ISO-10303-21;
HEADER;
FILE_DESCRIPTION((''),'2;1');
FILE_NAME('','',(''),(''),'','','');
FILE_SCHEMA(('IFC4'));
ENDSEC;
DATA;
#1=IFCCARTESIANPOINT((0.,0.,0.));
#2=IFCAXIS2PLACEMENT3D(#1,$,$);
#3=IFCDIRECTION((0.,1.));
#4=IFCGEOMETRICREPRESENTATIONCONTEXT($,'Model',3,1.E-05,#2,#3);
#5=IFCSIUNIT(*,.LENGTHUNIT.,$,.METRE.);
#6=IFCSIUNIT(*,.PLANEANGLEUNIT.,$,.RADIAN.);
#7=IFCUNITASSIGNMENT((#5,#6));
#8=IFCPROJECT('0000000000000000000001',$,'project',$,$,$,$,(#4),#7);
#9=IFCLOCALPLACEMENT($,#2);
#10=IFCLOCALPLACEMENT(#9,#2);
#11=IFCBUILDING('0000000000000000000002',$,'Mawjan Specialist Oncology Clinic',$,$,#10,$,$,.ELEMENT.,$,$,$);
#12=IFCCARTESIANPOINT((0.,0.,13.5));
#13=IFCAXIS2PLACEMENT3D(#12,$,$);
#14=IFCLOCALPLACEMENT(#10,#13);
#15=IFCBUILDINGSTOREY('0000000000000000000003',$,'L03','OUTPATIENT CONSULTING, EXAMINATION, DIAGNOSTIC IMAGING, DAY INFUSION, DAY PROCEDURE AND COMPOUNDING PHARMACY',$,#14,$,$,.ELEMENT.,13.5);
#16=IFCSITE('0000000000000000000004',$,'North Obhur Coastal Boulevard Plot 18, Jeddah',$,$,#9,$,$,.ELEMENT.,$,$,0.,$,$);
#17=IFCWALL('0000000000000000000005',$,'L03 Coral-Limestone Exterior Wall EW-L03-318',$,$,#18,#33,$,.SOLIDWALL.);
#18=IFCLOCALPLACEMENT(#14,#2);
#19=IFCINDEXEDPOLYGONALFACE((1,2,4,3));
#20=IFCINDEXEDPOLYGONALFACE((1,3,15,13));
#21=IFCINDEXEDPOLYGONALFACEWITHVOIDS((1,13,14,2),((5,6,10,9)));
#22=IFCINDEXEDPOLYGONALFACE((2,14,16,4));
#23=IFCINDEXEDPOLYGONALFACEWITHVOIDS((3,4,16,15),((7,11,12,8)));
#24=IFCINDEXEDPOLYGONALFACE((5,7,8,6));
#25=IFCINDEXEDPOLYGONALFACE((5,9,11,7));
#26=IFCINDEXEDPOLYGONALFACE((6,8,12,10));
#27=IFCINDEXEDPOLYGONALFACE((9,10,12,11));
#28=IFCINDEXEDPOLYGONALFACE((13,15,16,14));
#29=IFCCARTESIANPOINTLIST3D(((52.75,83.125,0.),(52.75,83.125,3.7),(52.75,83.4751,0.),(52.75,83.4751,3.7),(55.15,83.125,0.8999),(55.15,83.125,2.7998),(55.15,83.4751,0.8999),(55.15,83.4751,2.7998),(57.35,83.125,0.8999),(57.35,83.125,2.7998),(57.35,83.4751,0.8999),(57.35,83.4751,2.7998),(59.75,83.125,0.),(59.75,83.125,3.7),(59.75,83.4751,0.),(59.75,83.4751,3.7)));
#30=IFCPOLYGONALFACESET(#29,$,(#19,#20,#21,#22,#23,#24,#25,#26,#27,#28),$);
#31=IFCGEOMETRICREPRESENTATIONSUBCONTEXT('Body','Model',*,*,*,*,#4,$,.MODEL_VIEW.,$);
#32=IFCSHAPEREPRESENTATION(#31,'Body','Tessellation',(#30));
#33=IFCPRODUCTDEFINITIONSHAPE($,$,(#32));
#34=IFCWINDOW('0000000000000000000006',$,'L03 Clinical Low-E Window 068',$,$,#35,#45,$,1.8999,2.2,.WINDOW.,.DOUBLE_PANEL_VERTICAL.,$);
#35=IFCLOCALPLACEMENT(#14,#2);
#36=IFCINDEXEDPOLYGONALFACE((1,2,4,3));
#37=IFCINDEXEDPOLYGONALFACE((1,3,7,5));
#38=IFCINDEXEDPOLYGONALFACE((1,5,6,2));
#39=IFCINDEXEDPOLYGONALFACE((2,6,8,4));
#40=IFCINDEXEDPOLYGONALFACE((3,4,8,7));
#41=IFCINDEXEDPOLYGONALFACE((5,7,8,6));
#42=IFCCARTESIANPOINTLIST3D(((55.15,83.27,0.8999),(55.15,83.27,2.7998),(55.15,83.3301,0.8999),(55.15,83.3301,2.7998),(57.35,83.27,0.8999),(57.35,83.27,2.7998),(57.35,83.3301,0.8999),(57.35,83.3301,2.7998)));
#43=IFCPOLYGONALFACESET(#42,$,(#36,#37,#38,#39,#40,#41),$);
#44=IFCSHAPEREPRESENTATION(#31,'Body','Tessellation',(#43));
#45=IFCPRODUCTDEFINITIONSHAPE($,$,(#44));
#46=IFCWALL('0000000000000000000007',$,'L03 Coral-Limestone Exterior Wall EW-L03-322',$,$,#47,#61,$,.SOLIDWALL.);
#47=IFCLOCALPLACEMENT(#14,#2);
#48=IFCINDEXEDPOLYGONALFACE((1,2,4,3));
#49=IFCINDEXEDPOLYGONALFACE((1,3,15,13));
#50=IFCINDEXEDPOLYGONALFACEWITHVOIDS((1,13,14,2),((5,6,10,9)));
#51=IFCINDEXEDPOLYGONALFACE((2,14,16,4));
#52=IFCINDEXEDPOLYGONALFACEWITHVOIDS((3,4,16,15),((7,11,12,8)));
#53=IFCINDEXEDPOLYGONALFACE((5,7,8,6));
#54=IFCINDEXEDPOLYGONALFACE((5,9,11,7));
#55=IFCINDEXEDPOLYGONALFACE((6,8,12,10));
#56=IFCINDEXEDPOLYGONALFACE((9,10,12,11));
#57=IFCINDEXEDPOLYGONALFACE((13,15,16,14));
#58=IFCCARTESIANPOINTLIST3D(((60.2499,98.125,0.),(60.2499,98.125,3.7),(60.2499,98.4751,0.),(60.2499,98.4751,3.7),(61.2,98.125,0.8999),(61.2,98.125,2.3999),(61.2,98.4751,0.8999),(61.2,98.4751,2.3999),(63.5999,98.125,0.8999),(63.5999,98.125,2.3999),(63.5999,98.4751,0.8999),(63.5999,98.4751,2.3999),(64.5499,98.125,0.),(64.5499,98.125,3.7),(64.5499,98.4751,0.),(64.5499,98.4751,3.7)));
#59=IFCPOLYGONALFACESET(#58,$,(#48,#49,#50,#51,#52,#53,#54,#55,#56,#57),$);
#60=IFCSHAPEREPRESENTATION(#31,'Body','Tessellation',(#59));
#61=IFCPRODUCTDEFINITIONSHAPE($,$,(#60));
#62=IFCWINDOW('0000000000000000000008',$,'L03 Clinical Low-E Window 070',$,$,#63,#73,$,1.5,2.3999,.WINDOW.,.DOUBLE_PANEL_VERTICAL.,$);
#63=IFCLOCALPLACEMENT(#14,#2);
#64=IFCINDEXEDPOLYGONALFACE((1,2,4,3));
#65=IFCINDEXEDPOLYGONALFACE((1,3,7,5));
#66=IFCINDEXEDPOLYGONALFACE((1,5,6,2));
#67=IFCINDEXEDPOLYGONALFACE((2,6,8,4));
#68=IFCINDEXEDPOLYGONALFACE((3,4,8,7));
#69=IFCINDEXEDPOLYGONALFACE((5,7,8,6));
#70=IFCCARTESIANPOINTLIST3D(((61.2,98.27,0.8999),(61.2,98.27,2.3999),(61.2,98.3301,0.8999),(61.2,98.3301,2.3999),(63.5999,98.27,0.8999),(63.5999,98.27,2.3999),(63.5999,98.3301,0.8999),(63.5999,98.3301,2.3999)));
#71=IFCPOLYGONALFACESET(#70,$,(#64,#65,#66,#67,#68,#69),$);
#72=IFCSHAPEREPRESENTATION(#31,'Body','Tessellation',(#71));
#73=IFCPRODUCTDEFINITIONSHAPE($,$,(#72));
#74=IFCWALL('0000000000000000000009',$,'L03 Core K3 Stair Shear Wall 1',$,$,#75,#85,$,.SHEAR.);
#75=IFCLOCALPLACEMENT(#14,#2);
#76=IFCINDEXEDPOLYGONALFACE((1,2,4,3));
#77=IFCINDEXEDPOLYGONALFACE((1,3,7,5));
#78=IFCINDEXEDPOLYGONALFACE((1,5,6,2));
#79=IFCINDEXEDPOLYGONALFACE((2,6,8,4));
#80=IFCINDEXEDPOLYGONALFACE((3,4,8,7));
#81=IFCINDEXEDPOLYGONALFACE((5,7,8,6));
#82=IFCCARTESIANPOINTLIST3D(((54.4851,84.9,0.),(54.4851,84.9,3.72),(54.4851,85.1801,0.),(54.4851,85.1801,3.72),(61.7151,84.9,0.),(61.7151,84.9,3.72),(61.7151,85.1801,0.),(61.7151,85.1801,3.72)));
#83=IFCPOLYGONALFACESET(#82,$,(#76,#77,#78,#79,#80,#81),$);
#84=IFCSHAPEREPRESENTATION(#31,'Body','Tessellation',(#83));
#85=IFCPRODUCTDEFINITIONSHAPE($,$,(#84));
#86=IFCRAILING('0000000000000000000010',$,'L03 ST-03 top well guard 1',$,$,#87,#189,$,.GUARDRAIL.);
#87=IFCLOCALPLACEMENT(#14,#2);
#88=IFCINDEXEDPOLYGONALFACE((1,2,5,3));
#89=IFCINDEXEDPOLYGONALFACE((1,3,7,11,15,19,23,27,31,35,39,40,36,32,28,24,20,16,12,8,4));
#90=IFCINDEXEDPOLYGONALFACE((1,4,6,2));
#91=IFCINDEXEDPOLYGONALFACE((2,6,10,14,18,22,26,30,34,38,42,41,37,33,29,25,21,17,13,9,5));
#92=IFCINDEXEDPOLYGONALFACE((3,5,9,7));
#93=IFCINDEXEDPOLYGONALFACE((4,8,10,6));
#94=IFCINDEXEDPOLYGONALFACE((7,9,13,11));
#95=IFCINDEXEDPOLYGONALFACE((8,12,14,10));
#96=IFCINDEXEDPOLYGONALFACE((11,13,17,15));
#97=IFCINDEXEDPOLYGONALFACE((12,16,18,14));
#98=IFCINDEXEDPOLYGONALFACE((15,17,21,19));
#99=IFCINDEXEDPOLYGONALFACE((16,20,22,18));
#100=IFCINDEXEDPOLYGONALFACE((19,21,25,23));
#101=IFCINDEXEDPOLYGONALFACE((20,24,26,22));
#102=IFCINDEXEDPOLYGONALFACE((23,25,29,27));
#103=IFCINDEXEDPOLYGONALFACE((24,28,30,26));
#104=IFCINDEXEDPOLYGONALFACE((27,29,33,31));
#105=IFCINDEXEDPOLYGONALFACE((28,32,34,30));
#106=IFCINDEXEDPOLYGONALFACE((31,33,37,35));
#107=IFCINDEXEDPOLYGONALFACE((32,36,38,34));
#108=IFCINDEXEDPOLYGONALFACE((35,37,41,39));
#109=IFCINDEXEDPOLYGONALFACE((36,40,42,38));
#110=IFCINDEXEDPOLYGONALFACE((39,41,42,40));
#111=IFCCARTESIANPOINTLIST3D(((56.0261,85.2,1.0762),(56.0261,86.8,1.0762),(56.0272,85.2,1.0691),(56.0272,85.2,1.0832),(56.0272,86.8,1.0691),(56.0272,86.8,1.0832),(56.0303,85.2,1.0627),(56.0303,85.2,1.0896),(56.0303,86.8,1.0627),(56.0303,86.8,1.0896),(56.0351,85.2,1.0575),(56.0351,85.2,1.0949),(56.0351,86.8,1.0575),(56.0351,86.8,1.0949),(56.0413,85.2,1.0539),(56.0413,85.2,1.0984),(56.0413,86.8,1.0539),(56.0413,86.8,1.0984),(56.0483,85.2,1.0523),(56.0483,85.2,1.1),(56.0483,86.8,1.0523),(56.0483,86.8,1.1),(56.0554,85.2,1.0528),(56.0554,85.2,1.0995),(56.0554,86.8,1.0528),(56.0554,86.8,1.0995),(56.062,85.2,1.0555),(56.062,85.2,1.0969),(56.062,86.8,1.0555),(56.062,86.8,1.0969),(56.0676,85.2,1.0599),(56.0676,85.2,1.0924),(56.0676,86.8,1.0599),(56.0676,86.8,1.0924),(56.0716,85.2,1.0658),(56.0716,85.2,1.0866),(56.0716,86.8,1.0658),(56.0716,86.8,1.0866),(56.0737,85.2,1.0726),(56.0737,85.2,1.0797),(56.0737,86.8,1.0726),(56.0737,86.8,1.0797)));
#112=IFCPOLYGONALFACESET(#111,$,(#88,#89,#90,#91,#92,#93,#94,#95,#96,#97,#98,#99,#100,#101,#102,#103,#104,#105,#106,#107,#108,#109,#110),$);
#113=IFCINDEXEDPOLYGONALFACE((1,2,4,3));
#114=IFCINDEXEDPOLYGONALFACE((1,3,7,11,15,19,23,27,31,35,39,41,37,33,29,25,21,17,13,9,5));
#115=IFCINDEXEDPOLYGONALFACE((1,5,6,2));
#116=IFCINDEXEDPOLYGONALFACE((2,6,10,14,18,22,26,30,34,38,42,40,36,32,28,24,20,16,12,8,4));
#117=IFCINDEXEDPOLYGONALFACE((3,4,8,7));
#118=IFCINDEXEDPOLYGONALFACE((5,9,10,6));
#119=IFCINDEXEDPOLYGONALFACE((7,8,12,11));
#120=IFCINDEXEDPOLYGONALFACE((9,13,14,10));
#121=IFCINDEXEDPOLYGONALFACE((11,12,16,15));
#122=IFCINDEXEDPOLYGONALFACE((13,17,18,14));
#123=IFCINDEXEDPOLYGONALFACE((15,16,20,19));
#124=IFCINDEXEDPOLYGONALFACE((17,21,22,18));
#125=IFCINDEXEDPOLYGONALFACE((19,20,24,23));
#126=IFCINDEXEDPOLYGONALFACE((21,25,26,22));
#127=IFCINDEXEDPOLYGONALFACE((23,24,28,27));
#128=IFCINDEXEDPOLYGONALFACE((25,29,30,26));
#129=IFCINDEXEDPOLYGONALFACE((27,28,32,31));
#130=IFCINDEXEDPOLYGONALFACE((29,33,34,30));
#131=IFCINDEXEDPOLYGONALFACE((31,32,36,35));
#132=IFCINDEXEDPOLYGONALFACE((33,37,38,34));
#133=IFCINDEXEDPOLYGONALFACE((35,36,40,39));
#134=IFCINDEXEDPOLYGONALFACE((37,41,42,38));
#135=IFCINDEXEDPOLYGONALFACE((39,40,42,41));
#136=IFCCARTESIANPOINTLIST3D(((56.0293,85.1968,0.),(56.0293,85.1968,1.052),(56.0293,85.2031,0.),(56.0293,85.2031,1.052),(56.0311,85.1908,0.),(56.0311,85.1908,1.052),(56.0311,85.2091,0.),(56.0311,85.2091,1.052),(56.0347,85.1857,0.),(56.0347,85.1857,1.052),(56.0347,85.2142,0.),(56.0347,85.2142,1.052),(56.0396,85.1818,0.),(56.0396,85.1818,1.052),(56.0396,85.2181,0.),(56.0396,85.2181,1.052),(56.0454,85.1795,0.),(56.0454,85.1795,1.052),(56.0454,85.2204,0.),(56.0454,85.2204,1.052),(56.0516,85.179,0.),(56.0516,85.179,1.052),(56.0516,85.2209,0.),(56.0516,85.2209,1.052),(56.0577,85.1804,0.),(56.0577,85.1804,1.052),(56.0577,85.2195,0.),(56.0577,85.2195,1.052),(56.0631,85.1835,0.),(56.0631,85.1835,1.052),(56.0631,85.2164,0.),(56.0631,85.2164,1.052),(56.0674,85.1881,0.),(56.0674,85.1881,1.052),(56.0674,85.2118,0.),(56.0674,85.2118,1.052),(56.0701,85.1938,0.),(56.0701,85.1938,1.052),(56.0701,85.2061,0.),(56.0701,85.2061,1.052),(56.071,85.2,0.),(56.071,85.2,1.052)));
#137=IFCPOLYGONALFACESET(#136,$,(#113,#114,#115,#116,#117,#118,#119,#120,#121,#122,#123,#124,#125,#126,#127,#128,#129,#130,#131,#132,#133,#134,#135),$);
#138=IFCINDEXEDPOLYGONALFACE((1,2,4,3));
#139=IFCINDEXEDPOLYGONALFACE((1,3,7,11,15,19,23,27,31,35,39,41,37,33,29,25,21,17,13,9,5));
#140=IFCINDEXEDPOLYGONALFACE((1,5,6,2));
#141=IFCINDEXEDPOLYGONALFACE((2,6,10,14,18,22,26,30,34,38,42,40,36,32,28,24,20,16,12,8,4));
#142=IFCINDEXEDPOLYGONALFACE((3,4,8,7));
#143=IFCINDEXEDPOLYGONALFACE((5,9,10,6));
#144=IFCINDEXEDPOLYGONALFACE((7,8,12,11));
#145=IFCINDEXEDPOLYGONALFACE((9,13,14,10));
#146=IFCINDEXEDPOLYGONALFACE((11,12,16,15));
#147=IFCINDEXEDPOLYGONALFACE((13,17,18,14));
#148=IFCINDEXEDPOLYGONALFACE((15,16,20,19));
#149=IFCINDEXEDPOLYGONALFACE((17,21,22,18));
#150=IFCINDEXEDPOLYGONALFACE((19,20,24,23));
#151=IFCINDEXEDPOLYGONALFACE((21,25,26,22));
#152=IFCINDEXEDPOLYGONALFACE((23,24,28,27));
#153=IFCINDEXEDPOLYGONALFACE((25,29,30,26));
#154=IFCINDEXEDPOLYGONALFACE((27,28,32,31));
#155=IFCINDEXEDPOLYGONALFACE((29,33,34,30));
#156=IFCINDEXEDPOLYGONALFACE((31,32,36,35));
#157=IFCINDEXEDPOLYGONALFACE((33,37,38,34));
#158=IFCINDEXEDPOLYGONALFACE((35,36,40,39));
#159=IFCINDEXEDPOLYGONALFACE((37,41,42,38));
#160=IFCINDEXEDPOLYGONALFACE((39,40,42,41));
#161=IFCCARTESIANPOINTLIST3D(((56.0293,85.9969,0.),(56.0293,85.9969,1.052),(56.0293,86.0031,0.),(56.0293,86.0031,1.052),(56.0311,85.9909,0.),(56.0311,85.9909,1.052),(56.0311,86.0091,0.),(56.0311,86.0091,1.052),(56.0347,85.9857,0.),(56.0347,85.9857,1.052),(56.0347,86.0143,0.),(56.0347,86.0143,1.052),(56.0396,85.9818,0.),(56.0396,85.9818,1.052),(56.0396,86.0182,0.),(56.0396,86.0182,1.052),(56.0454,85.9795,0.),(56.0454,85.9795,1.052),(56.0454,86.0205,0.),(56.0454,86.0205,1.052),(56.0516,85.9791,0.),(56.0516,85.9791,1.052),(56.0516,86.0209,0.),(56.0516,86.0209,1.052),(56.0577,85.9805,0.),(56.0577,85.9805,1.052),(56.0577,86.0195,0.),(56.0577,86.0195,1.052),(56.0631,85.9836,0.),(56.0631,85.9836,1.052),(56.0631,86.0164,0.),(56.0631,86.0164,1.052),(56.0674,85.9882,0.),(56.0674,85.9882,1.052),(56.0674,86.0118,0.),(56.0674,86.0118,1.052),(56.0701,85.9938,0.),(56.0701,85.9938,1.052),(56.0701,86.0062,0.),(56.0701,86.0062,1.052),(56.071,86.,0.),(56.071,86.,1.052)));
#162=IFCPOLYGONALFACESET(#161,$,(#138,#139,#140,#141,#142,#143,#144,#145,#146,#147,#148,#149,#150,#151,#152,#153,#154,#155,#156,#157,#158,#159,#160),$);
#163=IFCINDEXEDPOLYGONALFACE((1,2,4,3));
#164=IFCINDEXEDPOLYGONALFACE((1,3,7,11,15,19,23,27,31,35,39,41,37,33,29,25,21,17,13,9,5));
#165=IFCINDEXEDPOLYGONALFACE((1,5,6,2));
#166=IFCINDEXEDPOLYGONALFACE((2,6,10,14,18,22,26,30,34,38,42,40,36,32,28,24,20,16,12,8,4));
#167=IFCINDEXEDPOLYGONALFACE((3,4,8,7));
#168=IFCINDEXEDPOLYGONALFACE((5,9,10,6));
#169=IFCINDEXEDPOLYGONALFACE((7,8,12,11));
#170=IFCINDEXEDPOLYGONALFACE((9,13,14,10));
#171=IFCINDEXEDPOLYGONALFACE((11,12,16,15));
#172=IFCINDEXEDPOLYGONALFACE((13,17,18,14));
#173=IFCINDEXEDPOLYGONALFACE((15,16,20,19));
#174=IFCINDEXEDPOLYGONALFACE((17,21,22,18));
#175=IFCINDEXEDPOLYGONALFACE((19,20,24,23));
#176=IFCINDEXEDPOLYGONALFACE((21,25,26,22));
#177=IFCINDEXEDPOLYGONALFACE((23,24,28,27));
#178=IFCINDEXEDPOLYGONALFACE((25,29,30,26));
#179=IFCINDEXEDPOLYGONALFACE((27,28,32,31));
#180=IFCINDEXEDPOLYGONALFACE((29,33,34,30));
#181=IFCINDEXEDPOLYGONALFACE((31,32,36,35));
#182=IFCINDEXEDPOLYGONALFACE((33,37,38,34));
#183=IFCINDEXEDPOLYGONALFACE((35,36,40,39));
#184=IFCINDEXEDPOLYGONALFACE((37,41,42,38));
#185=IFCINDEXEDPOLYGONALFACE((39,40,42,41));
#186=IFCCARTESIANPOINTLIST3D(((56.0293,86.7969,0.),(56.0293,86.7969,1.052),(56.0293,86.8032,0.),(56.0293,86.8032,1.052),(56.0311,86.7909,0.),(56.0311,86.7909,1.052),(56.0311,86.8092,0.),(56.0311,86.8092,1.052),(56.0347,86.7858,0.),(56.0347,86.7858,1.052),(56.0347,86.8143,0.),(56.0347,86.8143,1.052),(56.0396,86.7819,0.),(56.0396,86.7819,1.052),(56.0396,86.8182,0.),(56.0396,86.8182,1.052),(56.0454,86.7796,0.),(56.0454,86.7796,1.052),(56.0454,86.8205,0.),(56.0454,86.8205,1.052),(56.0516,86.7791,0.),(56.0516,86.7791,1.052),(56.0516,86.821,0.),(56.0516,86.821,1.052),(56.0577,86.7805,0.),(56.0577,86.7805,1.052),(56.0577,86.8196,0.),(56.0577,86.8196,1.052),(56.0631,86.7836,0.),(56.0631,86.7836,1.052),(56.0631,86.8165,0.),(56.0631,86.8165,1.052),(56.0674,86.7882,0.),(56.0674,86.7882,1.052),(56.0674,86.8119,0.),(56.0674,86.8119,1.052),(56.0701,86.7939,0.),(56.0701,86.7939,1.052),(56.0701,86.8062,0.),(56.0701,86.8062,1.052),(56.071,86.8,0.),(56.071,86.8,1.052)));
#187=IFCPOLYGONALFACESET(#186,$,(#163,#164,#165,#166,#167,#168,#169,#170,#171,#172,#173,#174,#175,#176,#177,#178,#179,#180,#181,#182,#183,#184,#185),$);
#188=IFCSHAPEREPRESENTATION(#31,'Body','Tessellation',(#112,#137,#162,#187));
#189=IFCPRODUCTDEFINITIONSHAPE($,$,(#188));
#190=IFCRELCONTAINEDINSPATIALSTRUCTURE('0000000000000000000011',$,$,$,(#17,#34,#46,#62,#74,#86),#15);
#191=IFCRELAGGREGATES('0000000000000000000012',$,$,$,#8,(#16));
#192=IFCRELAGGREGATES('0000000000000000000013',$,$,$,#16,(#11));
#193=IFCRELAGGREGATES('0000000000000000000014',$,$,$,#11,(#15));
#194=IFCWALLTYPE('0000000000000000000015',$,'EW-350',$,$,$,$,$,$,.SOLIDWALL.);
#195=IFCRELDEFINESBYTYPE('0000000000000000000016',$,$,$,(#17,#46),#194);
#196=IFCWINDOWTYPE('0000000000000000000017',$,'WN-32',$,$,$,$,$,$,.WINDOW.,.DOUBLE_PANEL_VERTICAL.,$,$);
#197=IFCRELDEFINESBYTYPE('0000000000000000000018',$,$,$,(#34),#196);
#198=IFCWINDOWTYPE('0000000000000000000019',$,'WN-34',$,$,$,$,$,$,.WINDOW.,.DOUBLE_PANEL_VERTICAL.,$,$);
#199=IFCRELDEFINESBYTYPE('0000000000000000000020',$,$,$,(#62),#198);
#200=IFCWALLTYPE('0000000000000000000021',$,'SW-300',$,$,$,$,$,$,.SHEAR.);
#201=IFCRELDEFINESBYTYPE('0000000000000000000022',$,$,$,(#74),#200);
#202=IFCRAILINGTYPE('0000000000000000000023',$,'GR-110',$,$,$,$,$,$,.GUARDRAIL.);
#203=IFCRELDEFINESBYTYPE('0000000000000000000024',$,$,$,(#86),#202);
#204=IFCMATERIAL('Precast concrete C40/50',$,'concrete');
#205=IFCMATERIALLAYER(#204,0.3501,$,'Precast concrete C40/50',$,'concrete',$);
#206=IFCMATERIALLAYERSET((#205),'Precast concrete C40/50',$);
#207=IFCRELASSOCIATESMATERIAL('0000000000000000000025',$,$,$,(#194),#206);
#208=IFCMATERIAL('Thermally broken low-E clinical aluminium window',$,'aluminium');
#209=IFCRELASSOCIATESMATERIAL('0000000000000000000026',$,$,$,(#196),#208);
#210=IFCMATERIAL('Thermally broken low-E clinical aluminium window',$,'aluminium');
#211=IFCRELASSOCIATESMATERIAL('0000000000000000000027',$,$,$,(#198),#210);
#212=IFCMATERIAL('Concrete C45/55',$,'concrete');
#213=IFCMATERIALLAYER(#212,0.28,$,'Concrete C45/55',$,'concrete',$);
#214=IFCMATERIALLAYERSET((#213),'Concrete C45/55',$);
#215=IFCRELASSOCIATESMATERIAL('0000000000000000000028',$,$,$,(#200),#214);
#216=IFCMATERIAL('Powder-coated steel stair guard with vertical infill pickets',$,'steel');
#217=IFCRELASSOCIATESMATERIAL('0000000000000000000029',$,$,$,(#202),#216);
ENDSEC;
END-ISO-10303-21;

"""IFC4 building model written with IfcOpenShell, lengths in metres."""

from ifc_helpers import new_model, si_unit, direction, frame, frame_2d, origin, origin_2d, place, context, subcontext, project, spatial, rectangle, circle, extrude, material, layer, layer_set, type_object, element, fill, save


model = new_model("IFC4")

# Units and contexts
model_context = context("Model", 3, precision=1e-05, world=origin(), true_north=direction((0.0, 1.0)))
body_context = subcontext(model_context, "Body", "Model", "MODEL_VIEW")
ifc_project = project(units=[si_unit("LENGTHUNIT", "METRE"), si_unit("PLANEANGLEUNIT", "RADIAN")], contexts=[model_context])

# Site, building, storey
site_placement = place(None, origin())
site = spatial("IfcSite", under=ifc_project, at=site_placement, Name="North Obhur Coastal Boulevard Plot 18, Jeddah", CompositionType="ELEMENT", RefElevation=0.0)
building_placement = place(site_placement, origin())
building = spatial("IfcBuilding", under=site, at=building_placement, Name="Mawjan Specialist Oncology Clinic", CompositionType="ELEMENT")
storey_placement = place(building_placement, frame((0.0, 0.0, 13.5)))
storey = spatial("IfcBuildingStorey", under=building, at=storey_placement, Name="L03", Description="OUTPATIENT CONSULTING, EXAMINATION, DIAGNOSTIC IMAGING, DAY INFUSION, DAY PROCEDURE AND COMPOUNDING PHARMACY", CompositionType="ELEMENT", Elevation=13.5)

# Walls, openings, windows
ifc_material_1 = material(Name="Precast concrete C40/50", Category="concrete")
ifc_layer_1 = layer(ifc_material_1, 0.3501, Name="Precast concrete C40/50", Category="concrete")
ifc_layer_set_1 = layer_set([ifc_layer_1], Name="Precast concrete C40/50")
wall_type_1 = type_object("IfcWallType", Name="EW-350", PredefinedType="SOLIDWALL", material=ifc_layer_set_1)
wall_1_placement = place(storey_placement, frame((59.75, 83.3, 0.0), z_axis=(0.0, 0.0, 1.0), x_axis=(-1.0, 0.0, 0.0)))
wall_1 = element("IfcWall", 1, at=wall_1_placement, inside=storey, type_object=wall_type_1, Name="L03 Coral-Limestone Exterior Wall EW-L03-318", PredefinedType="SOLIDWALL", context=body_context, shape_type="SweptSolid", body=[
    extrude(rectangle(XDim=7.0, YDim=0.3501, at=frame_2d((3.5, 0.0))), origin(), (0.0, 0.0, 1.0), 3.7),
])
opening_1_placement = place(wall_1_placement, frame((2.3999, 0.0, 0.8999)))
opening_1 = element("IfcOpeningElement", 2, at=opening_1_placement, cuts=wall_1, PredefinedType="OPENING", context=body_context, shape_type="SweptSolid", body=[
    extrude(rectangle(XDim=2.2, YDim=1.8999, at=frame_2d((1.1001, 0.95))), frame((0.0, 0.187, 0.0), z_axis=(0.0, -1.0, 0.0), x_axis=(1.0, 0.0, 0.0)), (0.0, 0.0, 1.0), 0.374),
])
ifc_material_2 = material(Name="Thermally broken low-E clinical aluminium window", Category="aluminium")
window_type_1 = type_object("IfcWindowType", Name="WN-32", PartitioningType="DOUBLE_PANEL_VERTICAL", PredefinedType="WINDOW", material=ifc_material_2)
window_1_placement = place(opening_1_placement, origin())
window_1 = element("IfcWindow", 3, at=window_1_placement, inside=storey, type_object=window_type_1, Name="L03 Clinical Low-E Window 068", OverallHeight=1.8999, OverallWidth=2.2, PartitioningType="DOUBLE_PANEL_VERTICAL", PredefinedType="WINDOW", context=body_context, shape_type="SweptSolid", body=[
    extrude(rectangle(XDim=2.2, YDim=1.8999, at=frame_2d((1.1001, 0.95))), frame((0.0, 0.03, 0.0), z_axis=(0.0, -1.0, 0.0), x_axis=(1.0, 0.0, 0.0)), (0.0, 0.0, 1.0), 0.0601),
])
fill(opening_1, window_1)
wall_2_placement = place(storey_placement, frame((60.25, 98.3, 0.0), z_axis=(0.0, 0.0, 1.0), x_axis=(1.0, 0.0, 0.0)))
wall_2 = element("IfcWall", 4, at=wall_2_placement, inside=storey, type_object=wall_type_1, Name="L03 Coral-Limestone Exterior Wall EW-L03-322", PredefinedType="SOLIDWALL", context=body_context, shape_type="SweptSolid", body=[
    extrude(rectangle(XDim=4.3, YDim=0.3501, at=frame_2d((2.1499, 0.0))), origin(), (0.0, 0.0, 1.0), 3.7),
])
opening_2_placement = place(wall_2_placement, frame((0.95, 0.0, 0.8999)))
opening_2 = element("IfcOpeningElement", 5, at=opening_2_placement, cuts=wall_2, PredefinedType="OPENING", context=body_context, shape_type="SweptSolid", body=[
    extrude(rectangle(XDim=2.3999, YDim=1.5, at=frame_2d((1.2, 0.75))), frame((0.0, 0.187, 0.0), z_axis=(0.0, -1.0, 0.0), x_axis=(1.0, 0.0, 0.0)), (0.0, 0.0, 1.0), 0.374),
])
ifc_material_3 = material(Name="Thermally broken low-E clinical aluminium window", Category="aluminium")
window_type_2 = type_object("IfcWindowType", Name="WN-34", PartitioningType="DOUBLE_PANEL_VERTICAL", PredefinedType="WINDOW", material=ifc_material_3)
window_2_placement = place(opening_2_placement, origin())
window_2 = element("IfcWindow", 6, at=window_2_placement, inside=storey, type_object=window_type_2, Name="L03 Clinical Low-E Window 070", OverallHeight=1.5, OverallWidth=2.3999, PartitioningType="DOUBLE_PANEL_VERTICAL", PredefinedType="WINDOW", context=body_context, shape_type="SweptSolid", body=[
    extrude(rectangle(XDim=2.3999, YDim=1.5, at=frame_2d((1.2, 0.75))), frame((0.0, 0.03, 0.0), z_axis=(0.0, -1.0, 0.0), x_axis=(1.0, 0.0, 0.0)), (0.0, 0.0, 1.0), 0.0601),
])
fill(opening_2, window_2)

# Wall
ifc_material_4 = material(Name="Concrete C45/55", Category="concrete")
ifc_layer_2 = layer(ifc_material_4, 0.28, Name="Concrete C45/55", Category="concrete")
ifc_layer_set_2 = layer_set([ifc_layer_2], Name="Concrete C45/55")
wall_type_2 = type_object("IfcWallType", Name="SW-300", PredefinedType="SHEAR", material=ifc_layer_set_2)
wall_3_placement = place(storey_placement, frame((54.4851, 85.04, 0.0), z_axis=(0.0, 0.0, 1.0), x_axis=(1.0, 0.0, 0.0)))
element("IfcWall", 7, at=wall_3_placement, inside=storey, type_object=wall_type_2, Name="L03 Core K3 Stair Shear Wall 1", PredefinedType="SHEAR", context=body_context, shape_type="SweptSolid", body=[
    extrude(rectangle(XDim=7.23, YDim=0.28, at=frame_2d((3.615, 0.0))), origin(), (0.0, 0.0, 1.0), 3.72),
])

# Railing
ifc_material_5 = material(Name="Powder-coated steel stair guard with vertical infill pickets", Category="steel")
railing_type = type_object("IfcRailingType", Name="GR-110", PredefinedType="GUARDRAIL", material=ifc_material_5)
railing_placement = place(storey_placement, frame((56.05, 85.2, 0.0)))
element("IfcRailing", 8, at=railing_placement, inside=storey, type_object=railing_type, Name="L03 ST-03 top well guard 1", PredefinedType="GUARDRAIL", context=body_context, shape_type="SweptSolid", body=[
    extrude(circle(Radius=0.0239, at=origin_2d()), frame((0.0, 0.0, 1.0762), z_axis=(0.0, 1.0, 0.0), x_axis=(-1.0, 0.0, 0.0)), (0.0, 0.0, 1.0), 1.6001),
    extrude(circle(Radius=0.021, at=origin_2d()), origin(), (0.0, 0.0, 1.0), 1.052),
    extrude(circle(Radius=0.021, at=origin_2d()), frame((0.0, 0.8, 0.0)), (0.0, 0.0, 1.0), 1.052),
    extrude(circle(Radius=0.021, at=origin_2d()), frame((0.0, 1.6001, 0.0)), (0.0, 0.0, 1.0), 1.052),
])

save(model, "model.ifc")
